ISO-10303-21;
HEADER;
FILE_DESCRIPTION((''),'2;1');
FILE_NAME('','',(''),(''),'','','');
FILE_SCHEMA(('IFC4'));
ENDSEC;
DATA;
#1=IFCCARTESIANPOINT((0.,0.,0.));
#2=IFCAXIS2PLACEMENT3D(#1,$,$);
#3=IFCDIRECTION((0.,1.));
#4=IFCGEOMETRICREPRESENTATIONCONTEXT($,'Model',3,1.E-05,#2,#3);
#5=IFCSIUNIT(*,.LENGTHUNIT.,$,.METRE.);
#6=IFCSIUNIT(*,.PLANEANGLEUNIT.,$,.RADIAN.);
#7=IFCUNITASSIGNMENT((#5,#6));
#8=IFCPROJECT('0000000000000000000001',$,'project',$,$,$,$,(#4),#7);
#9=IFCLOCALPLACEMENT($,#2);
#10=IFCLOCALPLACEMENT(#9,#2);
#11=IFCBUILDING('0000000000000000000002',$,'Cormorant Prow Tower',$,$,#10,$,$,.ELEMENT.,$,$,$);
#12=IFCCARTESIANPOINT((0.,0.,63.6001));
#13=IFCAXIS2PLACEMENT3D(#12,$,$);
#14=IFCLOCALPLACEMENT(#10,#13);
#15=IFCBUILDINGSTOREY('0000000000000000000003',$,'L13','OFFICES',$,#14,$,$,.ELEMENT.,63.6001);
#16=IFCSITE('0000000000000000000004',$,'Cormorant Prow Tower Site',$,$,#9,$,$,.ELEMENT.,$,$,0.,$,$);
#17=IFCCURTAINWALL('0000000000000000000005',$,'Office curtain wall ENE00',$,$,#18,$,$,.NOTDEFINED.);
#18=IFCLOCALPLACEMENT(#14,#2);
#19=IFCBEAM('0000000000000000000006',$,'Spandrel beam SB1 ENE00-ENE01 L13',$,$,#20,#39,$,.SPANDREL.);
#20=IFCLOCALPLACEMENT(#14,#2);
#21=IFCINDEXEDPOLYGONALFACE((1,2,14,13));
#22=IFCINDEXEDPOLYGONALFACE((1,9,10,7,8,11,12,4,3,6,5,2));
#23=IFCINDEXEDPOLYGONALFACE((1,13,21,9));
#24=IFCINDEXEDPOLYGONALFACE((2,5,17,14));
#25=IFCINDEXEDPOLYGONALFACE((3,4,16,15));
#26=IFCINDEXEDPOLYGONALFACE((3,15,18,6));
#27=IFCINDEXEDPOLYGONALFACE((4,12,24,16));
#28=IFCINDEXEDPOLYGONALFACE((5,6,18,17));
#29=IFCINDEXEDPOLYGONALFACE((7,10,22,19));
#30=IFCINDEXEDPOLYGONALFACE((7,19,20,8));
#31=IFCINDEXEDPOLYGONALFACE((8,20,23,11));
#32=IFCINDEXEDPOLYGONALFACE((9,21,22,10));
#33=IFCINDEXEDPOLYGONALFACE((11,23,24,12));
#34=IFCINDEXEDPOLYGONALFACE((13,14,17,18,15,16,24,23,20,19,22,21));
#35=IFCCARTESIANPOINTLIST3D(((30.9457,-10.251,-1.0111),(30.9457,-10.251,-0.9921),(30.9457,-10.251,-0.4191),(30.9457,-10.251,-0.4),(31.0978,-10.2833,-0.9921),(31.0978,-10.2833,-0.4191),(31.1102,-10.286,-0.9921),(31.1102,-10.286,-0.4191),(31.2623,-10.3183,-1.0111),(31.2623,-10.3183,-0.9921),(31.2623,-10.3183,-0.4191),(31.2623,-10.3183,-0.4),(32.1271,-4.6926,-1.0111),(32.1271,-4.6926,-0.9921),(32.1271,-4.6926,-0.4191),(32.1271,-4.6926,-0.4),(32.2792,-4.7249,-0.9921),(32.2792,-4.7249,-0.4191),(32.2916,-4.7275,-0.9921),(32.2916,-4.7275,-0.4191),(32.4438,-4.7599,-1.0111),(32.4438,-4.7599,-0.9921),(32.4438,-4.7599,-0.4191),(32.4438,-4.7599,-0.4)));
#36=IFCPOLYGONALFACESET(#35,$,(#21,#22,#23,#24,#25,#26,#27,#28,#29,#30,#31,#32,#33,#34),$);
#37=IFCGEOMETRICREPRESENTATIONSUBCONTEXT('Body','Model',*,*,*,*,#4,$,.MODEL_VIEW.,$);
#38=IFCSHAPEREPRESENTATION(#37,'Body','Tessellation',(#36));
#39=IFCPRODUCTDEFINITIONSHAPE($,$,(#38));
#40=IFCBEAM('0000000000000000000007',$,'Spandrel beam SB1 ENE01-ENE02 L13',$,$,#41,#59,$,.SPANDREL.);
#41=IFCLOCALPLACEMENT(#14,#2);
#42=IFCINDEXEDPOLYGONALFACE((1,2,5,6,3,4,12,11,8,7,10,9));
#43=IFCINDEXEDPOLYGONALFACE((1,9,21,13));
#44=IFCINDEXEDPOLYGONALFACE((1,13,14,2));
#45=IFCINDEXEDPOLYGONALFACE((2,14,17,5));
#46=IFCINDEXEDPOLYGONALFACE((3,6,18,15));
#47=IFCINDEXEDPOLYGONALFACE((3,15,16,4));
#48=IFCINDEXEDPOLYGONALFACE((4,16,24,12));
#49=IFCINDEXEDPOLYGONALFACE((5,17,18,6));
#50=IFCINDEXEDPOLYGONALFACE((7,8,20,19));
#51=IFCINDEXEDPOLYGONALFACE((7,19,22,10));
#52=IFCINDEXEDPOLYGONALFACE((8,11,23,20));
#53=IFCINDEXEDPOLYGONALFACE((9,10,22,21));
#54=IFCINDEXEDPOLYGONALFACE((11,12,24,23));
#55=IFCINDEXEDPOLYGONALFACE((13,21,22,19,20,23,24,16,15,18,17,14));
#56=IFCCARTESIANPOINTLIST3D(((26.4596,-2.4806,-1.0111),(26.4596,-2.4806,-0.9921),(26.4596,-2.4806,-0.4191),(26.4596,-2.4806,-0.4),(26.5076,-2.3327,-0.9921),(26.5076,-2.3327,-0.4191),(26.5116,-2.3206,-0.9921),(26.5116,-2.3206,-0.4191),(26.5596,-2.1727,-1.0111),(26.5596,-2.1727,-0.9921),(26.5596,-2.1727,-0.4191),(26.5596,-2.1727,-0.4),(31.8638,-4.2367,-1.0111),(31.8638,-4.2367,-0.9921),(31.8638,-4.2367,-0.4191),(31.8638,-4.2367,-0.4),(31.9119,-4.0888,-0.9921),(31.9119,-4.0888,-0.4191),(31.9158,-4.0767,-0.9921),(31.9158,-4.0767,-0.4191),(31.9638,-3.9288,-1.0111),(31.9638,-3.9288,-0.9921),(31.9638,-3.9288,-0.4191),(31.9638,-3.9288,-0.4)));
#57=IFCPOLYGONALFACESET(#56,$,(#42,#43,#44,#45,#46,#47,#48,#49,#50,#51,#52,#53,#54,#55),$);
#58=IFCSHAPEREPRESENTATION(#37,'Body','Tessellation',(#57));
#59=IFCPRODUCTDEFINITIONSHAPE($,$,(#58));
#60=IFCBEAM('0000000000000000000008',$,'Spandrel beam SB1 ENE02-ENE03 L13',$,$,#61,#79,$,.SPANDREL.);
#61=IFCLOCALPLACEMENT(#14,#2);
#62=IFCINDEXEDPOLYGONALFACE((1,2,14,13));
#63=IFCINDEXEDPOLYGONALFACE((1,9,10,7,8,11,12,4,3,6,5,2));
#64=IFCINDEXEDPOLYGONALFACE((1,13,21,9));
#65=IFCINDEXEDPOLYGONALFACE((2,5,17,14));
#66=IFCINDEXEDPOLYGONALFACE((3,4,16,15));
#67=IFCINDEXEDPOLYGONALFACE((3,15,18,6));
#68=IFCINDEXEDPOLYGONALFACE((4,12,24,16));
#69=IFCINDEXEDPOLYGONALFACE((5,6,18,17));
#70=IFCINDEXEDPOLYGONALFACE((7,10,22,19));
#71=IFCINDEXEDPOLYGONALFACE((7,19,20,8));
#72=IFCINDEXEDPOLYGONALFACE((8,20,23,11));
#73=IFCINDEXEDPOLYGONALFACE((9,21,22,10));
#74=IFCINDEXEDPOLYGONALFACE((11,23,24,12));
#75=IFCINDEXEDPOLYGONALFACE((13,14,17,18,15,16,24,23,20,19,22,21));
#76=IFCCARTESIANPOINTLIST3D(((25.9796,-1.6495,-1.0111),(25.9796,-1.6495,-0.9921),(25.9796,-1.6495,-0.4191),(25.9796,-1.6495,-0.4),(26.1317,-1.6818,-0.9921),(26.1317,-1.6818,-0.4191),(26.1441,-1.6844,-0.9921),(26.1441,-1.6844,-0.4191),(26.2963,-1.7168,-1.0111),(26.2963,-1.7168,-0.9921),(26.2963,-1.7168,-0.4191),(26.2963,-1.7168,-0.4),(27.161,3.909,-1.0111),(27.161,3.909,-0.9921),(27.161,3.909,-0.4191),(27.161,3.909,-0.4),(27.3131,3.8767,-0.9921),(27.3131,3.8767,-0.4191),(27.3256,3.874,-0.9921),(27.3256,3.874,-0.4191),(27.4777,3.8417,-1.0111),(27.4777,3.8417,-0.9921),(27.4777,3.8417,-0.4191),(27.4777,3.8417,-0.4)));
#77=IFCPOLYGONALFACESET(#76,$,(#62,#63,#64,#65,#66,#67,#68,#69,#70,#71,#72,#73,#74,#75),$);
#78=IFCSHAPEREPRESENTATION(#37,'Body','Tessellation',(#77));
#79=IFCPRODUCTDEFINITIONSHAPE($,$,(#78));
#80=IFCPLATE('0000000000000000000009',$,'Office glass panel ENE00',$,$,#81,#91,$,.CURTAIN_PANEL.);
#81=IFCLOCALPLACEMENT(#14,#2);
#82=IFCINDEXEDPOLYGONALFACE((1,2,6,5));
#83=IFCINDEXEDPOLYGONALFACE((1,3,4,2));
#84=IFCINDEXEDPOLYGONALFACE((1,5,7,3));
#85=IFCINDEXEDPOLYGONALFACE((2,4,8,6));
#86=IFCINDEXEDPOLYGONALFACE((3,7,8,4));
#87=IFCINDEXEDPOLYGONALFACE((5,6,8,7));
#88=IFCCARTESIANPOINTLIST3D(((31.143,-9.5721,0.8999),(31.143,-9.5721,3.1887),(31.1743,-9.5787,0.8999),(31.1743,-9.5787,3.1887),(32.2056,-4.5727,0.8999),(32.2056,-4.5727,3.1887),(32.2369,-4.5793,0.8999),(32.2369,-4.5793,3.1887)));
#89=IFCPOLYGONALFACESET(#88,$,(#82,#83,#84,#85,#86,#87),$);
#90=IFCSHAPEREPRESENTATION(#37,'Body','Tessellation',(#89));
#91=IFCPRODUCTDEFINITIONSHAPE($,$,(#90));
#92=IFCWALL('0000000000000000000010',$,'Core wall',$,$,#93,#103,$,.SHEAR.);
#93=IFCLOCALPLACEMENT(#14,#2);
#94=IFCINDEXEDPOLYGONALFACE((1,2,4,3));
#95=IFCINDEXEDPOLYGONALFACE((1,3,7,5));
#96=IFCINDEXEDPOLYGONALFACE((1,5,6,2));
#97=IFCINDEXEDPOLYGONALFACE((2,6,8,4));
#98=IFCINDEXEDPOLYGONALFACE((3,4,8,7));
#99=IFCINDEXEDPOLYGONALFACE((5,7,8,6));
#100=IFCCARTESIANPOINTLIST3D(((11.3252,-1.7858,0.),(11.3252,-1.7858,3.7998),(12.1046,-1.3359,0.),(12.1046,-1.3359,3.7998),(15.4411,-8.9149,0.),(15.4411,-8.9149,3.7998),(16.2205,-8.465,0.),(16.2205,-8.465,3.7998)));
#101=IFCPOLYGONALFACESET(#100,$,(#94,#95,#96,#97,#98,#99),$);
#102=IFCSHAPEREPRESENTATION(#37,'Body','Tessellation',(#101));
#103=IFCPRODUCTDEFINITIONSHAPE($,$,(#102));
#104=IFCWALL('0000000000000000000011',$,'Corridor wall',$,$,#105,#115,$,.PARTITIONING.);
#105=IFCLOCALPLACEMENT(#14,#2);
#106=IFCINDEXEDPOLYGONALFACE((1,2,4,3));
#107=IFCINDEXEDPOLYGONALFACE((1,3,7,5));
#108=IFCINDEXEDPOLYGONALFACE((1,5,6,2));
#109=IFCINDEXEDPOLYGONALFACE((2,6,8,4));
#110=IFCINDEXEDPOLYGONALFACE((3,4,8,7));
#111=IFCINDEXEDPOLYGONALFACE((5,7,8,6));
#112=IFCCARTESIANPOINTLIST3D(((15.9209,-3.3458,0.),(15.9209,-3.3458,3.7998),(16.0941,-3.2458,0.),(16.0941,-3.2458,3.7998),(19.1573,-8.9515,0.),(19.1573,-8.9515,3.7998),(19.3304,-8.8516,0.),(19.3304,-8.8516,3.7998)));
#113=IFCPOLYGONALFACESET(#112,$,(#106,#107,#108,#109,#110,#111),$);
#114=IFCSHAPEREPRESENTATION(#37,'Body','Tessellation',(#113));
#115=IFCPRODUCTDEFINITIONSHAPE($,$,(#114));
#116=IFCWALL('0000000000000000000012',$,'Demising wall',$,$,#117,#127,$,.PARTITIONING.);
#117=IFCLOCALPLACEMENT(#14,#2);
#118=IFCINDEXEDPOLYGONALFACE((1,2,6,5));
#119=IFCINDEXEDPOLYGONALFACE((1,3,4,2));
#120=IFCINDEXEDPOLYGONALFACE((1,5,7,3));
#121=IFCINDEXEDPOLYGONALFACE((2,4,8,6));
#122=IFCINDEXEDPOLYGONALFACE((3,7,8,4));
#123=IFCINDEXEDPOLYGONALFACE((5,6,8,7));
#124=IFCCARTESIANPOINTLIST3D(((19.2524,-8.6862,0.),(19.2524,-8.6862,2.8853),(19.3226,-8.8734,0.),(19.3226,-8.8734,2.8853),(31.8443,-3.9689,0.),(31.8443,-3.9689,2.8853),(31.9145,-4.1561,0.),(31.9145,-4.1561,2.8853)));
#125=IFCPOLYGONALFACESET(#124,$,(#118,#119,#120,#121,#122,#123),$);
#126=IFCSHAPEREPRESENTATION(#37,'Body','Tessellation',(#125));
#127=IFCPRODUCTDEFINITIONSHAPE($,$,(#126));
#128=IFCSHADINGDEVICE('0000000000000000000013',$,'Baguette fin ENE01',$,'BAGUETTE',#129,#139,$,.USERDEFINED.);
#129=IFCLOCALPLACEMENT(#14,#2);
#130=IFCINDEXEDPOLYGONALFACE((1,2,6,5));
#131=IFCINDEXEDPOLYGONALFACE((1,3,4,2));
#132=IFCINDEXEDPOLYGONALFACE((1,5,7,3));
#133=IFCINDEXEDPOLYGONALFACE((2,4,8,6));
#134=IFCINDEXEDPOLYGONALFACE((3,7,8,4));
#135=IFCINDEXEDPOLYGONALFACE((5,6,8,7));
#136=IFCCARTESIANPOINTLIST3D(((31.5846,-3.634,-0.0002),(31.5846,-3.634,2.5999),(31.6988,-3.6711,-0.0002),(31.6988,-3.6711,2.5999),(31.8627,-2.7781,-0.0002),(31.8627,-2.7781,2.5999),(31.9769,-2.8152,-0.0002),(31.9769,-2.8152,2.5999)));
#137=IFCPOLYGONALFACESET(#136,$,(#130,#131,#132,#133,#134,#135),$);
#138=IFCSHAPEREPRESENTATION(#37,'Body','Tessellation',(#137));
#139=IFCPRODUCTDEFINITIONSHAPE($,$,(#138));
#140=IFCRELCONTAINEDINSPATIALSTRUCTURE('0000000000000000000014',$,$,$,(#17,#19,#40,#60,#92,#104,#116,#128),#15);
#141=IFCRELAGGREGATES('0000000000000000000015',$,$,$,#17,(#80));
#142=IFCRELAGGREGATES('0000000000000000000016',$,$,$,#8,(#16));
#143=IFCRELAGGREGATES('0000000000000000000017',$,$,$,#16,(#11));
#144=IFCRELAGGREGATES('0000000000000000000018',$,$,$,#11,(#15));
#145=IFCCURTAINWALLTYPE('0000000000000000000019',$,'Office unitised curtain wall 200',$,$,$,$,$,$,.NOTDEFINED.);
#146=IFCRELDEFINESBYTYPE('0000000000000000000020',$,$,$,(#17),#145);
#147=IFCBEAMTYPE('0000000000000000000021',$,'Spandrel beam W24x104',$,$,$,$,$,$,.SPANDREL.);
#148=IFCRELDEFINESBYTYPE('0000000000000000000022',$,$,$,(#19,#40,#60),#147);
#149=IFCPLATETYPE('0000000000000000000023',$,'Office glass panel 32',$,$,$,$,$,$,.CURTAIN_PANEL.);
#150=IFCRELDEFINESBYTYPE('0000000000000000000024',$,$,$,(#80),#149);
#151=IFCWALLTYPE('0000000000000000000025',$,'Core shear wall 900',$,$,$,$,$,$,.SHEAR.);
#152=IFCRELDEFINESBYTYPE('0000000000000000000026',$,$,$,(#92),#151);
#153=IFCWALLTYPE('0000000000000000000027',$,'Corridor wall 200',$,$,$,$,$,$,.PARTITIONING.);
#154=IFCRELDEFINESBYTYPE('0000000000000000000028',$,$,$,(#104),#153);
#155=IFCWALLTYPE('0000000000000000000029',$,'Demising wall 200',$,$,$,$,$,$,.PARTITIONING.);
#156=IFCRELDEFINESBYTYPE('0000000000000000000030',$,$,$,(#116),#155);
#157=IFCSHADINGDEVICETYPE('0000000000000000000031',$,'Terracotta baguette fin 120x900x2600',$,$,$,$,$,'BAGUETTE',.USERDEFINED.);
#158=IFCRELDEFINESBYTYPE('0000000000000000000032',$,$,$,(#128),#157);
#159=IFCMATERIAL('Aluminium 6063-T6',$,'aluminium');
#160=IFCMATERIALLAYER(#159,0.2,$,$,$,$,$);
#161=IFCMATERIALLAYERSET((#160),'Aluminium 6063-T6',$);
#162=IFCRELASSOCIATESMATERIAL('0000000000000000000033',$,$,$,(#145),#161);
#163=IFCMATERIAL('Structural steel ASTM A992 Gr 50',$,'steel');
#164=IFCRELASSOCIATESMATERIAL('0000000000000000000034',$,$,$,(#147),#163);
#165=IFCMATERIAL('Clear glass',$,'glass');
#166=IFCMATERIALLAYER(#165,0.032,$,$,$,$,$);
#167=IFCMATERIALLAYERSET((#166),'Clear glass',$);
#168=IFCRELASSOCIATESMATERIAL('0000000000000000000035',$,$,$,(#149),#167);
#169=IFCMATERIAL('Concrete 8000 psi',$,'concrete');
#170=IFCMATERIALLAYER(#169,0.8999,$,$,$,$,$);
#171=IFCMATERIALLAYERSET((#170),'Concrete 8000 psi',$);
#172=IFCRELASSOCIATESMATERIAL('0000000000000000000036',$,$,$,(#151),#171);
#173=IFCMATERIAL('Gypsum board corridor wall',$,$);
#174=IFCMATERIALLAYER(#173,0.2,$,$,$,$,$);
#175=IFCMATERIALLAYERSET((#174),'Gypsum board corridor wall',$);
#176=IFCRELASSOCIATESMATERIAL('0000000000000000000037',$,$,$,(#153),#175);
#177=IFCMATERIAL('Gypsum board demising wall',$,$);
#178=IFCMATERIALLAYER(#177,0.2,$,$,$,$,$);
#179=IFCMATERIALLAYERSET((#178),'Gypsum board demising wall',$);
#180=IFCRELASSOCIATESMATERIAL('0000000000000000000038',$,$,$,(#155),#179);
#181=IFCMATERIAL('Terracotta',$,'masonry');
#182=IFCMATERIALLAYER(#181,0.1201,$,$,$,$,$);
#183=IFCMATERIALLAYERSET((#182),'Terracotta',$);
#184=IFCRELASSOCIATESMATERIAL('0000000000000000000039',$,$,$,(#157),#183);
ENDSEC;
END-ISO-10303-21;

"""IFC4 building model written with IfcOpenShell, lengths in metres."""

from ifc_helpers import new_model, si_unit, direction, frame, frame_2d, origin, origin_2d, place, context, subcontext, project, spatial, rectangle, i_section, extrude, material, layer, layer_set, material_profile, profile_set, type_object, element, aggregate, save


model = new_model("IFC4")

# Units and contexts
model_context = context("Model", 3, precision=1e-05, world=origin(), true_north=direction((0.0, 1.0)))
body_context = subcontext(model_context, "Body", "Model", "MODEL_VIEW")
ifc_project = project(units=[si_unit("LENGTHUNIT", "METRE"), si_unit("PLANEANGLEUNIT", "RADIAN")], contexts=[model_context])

# Site, building, storey
site_placement = place(None, origin())
site = spatial("IfcSite", under=ifc_project, at=site_placement, Name="Cormorant Prow Tower Site", CompositionType="ELEMENT", RefElevation=0.0)
building_placement = place(site_placement, origin())
building = spatial("IfcBuilding", under=site, at=building_placement, Name="Cormorant Prow Tower", CompositionType="ELEMENT")
storey_placement = place(building_placement, frame((0.0, 0.0, 63.6001)))
storey = spatial("IfcBuildingStorey", under=building, at=storey_placement, Name="L13", Description="OFFICES", CompositionType="ELEMENT", Elevation=63.6001)

# Curtain wall
ifc_material_1 = material(Name="Aluminium 6063-T6", Category="aluminium")
ifc_layer_1 = layer(ifc_material_1, 0.2)
ifc_layer_set_1 = layer_set([ifc_layer_1], Name="Aluminium 6063-T6")
curtain_wall_type = type_object("IfcCurtainWallType", Name="Office unitised curtain wall 200", PredefinedType="NOTDEFINED", material=ifc_layer_set_1)
curtain_wall_1_placement = place(storey_placement, origin())
curtain_wall_1 = element("IfcCurtainWall", 1, at=curtain_wall_1_placement, inside=storey, type_object=curtain_wall_type, Name="Office curtain wall ENE00", PredefinedType="NOTDEFINED")

# Beams
ifc_material_2 = material(Name="Structural steel ASTM A992 Gr 50", Category="steel")
ifc_material_profile_1 = material_profile(ifc_material_2, i_section(OverallWidth=0.3237, OverallDepth=0.6111, WebThickness=0.0127, FlangeThickness=0.019, at=origin_2d()), Name="W24x104")
ifc_profile_set_1 = profile_set([ifc_material_profile_1], Name="Structural steel ASTM A992 Gr 50")
beam_type_1 = type_object("IfcBeamType", Name="Spandrel beam W24x104", PredefinedType="SPANDREL", material=ifc_profile_set_1)
beam_1_placement = place(storey_placement, frame((31.104, -10.2847, -0.7056), z_axis=(0.2079, 0.97815, 0.0), x_axis=(-0.97815, 0.2079, 0.0)))
element("IfcBeam", 2, at=beam_1_placement, inside=storey, type_object=beam_type_1, Name="Spandrel beam SB1 ENE00-ENE01 L13", PredefinedType="SPANDREL", context=body_context, shape_type="SweptSolid", body=[
    extrude(i_section(OverallWidth=0.3237, OverallDepth=0.6111, WebThickness=0.0127, FlangeThickness=0.019, at=origin_2d()), origin(), (0.0, 0.0, 1.0), 5.6826),
])
beam_2_placement = place(storey_placement, frame((31.9138, -4.0828, -0.7056), z_axis=(-0.951049, 0.309039, 0.0), x_axis=(-0.309039, -0.951049, 0.0)))
element("IfcBeam", 3, at=beam_2_placement, inside=storey, type_object=beam_type_1, Name="Spandrel beam SB1 ENE01-ENE02 L13", PredefinedType="SPANDREL", context=body_context, shape_type="SweptSolid", body=[
    extrude(i_section(OverallWidth=0.3237, OverallDepth=0.6111, WebThickness=0.0127, FlangeThickness=0.019, at=origin_2d()), origin(), (0.0, 0.0, 1.0), 5.6824),
])
beam_3_placement = place(storey_placement, frame((26.1379, -1.6831, -0.7056), z_axis=(0.2079, 0.97815, 0.0), x_axis=(-0.97815, 0.2079, 0.0)))
element("IfcBeam", 4, at=beam_3_placement, inside=storey, type_object=beam_type_1, Name="Spandrel beam SB1 ENE02-ENE03 L13", PredefinedType="SPANDREL", context=body_context, shape_type="SweptSolid", body=[
    extrude(i_section(OverallWidth=0.3237, OverallDepth=0.6111, WebThickness=0.0127, FlangeThickness=0.019, at=origin_2d()), origin(), (0.0, 0.0, 1.0), 5.6826),
])

# Plate
ifc_material_3 = material(Name="Clear glass", Category="glass")
ifc_layer_2 = layer(ifc_material_3, 0.032)
ifc_layer_set_2 = layer_set([ifc_layer_2], Name="Clear glass")
plate_type = type_object("IfcPlateType", Name="Office glass panel 32", PredefinedType="CURTAIN_PANEL", material=ifc_layer_set_2)
plate_placement = place(storey_placement, frame((31.6899, -7.0757, 0.8999), z_axis=(0.0, 0.0, 1.0), x_axis=(0.207912, 0.978148, 0.0)))
plate = element("IfcPlate", 5, at=plate_placement, type_object=plate_type, Name="Office glass panel ENE00", PredefinedType="CURTAIN_PANEL", context=body_context, shape_type="SweptSolid", body=[
    extrude(rectangle(XDim=5.1111, YDim=0.032, at=origin_2d()), origin(), (0.0, 0.0, 1.0), 2.2888),
])
aggregate(curtain_wall_1, [plate])

# Walls
ifc_material_4 = material(Name="Concrete 8000 psi", Category="concrete")
ifc_layer_3 = layer(ifc_material_4, 0.8999)
ifc_layer_set_3 = layer_set([ifc_layer_3], Name="Concrete 8000 psi")
wall_type_1 = type_object("IfcWallType", Name="Core shear wall 900", PredefinedType="SHEAR", material=ifc_layer_set_3)
wall_1_placement = place(storey_placement, frame((15.8308, -8.6899, 0.0), z_axis=(0.0, 0.0, 1.0), x_axis=(-0.499995, 0.866028, 0.0)))
element("IfcWall", 6, at=wall_1_placement, inside=storey, type_object=wall_type_1, Name="Core wall", PredefinedType="SHEAR", context=body_context, shape_type="SweptSolid", body=[
    extrude(rectangle(XDim=8.2319, YDim=0.8999, at=frame_2d((4.116, 0.0))), origin(), (0.0, 0.0, 1.0), 3.7998),
])
ifc_material_5 = material(Name="Gypsum board corridor wall")
ifc_layer_4 = layer(ifc_material_5, 0.2)
ifc_layer_set_4 = layer_set([ifc_layer_4], Name="Gypsum board corridor wall")
wall_type_2 = type_object("IfcWallType", Name="Corridor wall 200", PredefinedType="PARTITIONING", material=ifc_layer_set_4)
wall_2_placement = place(storey_placement, frame((16.0076, -3.2959, 0.0), z_axis=(0.0, 0.0, 1.0), x_axis=(0.499985, -0.866034, 0.0)))
element("IfcWall", 7, at=wall_2_placement, inside=storey, type_object=wall_type_2, Name="Corridor wall", PredefinedType="PARTITIONING", context=body_context, shape_type="SweptSolid", body=[
    extrude(rectangle(XDim=6.4729, YDim=0.2, at=frame_2d((3.2363, 0.0))), origin(), (0.0, 0.0, 1.0), 3.7998),
])
ifc_material_6 = material(Name="Gypsum board demising wall")
ifc_layer_5 = layer(ifc_material_6, 0.2)
ifc_layer_set_5 = layer_set([ifc_layer_5], Name="Gypsum board demising wall")
wall_type_3 = type_object("IfcWallType", Name="Demising wall 200", PredefinedType="PARTITIONING", material=ifc_layer_set_5)
wall_3_placement = place(storey_placement, frame((19.2876, -8.7798, 0.0), z_axis=(0.0, 0.0, 1.0), x_axis=(0.936443, 0.350821, 0.0)))
element("IfcWall", 8, at=wall_3_placement, inside=storey, type_object=wall_type_3, Name="Demising wall", PredefinedType="PARTITIONING", context=body_context, shape_type="SweptSolid", body=[
    extrude(rectangle(XDim=13.4465, YDim=0.2, at=frame_2d((6.7231, 0.0))), origin(), (0.0, 0.0, 1.0), 2.8853),
])

# Shading device
ifc_material_7 = material(Name="Terracotta", Category="masonry")
ifc_layer_6 = layer(ifc_material_7, 0.1201)
ifc_layer_set_6 = layer_set([ifc_layer_6], Name="Terracotta")
shading_device_type = type_object("IfcShadingDeviceType", Name="Terracotta baguette fin 120x900x2600", ElementType="BAGUETTE", PredefinedType="USERDEFINED", material=ifc_layer_set_6)
shading_device_placement = place(storey_placement, frame((31.7808, -3.2246, -0.0002), z_axis=(0.0, 0.0, 1.0), x_axis=(-0.951057, 0.309017, 0.0)))
element("IfcShadingDevice", 9, at=shading_device_placement, inside=storey, type_object=shading_device_type, Name="Baguette fin ENE01", ObjectType="BAGUETTE", PredefinedType="USERDEFINED", context=body_context, shape_type="SweptSolid", body=[
    extrude(rectangle(XDim=0.1201, YDim=0.8999, at=origin_2d()), origin(), (0.0, 0.0, 1.0), 2.6001),
])

save(model, "model.ifc")
